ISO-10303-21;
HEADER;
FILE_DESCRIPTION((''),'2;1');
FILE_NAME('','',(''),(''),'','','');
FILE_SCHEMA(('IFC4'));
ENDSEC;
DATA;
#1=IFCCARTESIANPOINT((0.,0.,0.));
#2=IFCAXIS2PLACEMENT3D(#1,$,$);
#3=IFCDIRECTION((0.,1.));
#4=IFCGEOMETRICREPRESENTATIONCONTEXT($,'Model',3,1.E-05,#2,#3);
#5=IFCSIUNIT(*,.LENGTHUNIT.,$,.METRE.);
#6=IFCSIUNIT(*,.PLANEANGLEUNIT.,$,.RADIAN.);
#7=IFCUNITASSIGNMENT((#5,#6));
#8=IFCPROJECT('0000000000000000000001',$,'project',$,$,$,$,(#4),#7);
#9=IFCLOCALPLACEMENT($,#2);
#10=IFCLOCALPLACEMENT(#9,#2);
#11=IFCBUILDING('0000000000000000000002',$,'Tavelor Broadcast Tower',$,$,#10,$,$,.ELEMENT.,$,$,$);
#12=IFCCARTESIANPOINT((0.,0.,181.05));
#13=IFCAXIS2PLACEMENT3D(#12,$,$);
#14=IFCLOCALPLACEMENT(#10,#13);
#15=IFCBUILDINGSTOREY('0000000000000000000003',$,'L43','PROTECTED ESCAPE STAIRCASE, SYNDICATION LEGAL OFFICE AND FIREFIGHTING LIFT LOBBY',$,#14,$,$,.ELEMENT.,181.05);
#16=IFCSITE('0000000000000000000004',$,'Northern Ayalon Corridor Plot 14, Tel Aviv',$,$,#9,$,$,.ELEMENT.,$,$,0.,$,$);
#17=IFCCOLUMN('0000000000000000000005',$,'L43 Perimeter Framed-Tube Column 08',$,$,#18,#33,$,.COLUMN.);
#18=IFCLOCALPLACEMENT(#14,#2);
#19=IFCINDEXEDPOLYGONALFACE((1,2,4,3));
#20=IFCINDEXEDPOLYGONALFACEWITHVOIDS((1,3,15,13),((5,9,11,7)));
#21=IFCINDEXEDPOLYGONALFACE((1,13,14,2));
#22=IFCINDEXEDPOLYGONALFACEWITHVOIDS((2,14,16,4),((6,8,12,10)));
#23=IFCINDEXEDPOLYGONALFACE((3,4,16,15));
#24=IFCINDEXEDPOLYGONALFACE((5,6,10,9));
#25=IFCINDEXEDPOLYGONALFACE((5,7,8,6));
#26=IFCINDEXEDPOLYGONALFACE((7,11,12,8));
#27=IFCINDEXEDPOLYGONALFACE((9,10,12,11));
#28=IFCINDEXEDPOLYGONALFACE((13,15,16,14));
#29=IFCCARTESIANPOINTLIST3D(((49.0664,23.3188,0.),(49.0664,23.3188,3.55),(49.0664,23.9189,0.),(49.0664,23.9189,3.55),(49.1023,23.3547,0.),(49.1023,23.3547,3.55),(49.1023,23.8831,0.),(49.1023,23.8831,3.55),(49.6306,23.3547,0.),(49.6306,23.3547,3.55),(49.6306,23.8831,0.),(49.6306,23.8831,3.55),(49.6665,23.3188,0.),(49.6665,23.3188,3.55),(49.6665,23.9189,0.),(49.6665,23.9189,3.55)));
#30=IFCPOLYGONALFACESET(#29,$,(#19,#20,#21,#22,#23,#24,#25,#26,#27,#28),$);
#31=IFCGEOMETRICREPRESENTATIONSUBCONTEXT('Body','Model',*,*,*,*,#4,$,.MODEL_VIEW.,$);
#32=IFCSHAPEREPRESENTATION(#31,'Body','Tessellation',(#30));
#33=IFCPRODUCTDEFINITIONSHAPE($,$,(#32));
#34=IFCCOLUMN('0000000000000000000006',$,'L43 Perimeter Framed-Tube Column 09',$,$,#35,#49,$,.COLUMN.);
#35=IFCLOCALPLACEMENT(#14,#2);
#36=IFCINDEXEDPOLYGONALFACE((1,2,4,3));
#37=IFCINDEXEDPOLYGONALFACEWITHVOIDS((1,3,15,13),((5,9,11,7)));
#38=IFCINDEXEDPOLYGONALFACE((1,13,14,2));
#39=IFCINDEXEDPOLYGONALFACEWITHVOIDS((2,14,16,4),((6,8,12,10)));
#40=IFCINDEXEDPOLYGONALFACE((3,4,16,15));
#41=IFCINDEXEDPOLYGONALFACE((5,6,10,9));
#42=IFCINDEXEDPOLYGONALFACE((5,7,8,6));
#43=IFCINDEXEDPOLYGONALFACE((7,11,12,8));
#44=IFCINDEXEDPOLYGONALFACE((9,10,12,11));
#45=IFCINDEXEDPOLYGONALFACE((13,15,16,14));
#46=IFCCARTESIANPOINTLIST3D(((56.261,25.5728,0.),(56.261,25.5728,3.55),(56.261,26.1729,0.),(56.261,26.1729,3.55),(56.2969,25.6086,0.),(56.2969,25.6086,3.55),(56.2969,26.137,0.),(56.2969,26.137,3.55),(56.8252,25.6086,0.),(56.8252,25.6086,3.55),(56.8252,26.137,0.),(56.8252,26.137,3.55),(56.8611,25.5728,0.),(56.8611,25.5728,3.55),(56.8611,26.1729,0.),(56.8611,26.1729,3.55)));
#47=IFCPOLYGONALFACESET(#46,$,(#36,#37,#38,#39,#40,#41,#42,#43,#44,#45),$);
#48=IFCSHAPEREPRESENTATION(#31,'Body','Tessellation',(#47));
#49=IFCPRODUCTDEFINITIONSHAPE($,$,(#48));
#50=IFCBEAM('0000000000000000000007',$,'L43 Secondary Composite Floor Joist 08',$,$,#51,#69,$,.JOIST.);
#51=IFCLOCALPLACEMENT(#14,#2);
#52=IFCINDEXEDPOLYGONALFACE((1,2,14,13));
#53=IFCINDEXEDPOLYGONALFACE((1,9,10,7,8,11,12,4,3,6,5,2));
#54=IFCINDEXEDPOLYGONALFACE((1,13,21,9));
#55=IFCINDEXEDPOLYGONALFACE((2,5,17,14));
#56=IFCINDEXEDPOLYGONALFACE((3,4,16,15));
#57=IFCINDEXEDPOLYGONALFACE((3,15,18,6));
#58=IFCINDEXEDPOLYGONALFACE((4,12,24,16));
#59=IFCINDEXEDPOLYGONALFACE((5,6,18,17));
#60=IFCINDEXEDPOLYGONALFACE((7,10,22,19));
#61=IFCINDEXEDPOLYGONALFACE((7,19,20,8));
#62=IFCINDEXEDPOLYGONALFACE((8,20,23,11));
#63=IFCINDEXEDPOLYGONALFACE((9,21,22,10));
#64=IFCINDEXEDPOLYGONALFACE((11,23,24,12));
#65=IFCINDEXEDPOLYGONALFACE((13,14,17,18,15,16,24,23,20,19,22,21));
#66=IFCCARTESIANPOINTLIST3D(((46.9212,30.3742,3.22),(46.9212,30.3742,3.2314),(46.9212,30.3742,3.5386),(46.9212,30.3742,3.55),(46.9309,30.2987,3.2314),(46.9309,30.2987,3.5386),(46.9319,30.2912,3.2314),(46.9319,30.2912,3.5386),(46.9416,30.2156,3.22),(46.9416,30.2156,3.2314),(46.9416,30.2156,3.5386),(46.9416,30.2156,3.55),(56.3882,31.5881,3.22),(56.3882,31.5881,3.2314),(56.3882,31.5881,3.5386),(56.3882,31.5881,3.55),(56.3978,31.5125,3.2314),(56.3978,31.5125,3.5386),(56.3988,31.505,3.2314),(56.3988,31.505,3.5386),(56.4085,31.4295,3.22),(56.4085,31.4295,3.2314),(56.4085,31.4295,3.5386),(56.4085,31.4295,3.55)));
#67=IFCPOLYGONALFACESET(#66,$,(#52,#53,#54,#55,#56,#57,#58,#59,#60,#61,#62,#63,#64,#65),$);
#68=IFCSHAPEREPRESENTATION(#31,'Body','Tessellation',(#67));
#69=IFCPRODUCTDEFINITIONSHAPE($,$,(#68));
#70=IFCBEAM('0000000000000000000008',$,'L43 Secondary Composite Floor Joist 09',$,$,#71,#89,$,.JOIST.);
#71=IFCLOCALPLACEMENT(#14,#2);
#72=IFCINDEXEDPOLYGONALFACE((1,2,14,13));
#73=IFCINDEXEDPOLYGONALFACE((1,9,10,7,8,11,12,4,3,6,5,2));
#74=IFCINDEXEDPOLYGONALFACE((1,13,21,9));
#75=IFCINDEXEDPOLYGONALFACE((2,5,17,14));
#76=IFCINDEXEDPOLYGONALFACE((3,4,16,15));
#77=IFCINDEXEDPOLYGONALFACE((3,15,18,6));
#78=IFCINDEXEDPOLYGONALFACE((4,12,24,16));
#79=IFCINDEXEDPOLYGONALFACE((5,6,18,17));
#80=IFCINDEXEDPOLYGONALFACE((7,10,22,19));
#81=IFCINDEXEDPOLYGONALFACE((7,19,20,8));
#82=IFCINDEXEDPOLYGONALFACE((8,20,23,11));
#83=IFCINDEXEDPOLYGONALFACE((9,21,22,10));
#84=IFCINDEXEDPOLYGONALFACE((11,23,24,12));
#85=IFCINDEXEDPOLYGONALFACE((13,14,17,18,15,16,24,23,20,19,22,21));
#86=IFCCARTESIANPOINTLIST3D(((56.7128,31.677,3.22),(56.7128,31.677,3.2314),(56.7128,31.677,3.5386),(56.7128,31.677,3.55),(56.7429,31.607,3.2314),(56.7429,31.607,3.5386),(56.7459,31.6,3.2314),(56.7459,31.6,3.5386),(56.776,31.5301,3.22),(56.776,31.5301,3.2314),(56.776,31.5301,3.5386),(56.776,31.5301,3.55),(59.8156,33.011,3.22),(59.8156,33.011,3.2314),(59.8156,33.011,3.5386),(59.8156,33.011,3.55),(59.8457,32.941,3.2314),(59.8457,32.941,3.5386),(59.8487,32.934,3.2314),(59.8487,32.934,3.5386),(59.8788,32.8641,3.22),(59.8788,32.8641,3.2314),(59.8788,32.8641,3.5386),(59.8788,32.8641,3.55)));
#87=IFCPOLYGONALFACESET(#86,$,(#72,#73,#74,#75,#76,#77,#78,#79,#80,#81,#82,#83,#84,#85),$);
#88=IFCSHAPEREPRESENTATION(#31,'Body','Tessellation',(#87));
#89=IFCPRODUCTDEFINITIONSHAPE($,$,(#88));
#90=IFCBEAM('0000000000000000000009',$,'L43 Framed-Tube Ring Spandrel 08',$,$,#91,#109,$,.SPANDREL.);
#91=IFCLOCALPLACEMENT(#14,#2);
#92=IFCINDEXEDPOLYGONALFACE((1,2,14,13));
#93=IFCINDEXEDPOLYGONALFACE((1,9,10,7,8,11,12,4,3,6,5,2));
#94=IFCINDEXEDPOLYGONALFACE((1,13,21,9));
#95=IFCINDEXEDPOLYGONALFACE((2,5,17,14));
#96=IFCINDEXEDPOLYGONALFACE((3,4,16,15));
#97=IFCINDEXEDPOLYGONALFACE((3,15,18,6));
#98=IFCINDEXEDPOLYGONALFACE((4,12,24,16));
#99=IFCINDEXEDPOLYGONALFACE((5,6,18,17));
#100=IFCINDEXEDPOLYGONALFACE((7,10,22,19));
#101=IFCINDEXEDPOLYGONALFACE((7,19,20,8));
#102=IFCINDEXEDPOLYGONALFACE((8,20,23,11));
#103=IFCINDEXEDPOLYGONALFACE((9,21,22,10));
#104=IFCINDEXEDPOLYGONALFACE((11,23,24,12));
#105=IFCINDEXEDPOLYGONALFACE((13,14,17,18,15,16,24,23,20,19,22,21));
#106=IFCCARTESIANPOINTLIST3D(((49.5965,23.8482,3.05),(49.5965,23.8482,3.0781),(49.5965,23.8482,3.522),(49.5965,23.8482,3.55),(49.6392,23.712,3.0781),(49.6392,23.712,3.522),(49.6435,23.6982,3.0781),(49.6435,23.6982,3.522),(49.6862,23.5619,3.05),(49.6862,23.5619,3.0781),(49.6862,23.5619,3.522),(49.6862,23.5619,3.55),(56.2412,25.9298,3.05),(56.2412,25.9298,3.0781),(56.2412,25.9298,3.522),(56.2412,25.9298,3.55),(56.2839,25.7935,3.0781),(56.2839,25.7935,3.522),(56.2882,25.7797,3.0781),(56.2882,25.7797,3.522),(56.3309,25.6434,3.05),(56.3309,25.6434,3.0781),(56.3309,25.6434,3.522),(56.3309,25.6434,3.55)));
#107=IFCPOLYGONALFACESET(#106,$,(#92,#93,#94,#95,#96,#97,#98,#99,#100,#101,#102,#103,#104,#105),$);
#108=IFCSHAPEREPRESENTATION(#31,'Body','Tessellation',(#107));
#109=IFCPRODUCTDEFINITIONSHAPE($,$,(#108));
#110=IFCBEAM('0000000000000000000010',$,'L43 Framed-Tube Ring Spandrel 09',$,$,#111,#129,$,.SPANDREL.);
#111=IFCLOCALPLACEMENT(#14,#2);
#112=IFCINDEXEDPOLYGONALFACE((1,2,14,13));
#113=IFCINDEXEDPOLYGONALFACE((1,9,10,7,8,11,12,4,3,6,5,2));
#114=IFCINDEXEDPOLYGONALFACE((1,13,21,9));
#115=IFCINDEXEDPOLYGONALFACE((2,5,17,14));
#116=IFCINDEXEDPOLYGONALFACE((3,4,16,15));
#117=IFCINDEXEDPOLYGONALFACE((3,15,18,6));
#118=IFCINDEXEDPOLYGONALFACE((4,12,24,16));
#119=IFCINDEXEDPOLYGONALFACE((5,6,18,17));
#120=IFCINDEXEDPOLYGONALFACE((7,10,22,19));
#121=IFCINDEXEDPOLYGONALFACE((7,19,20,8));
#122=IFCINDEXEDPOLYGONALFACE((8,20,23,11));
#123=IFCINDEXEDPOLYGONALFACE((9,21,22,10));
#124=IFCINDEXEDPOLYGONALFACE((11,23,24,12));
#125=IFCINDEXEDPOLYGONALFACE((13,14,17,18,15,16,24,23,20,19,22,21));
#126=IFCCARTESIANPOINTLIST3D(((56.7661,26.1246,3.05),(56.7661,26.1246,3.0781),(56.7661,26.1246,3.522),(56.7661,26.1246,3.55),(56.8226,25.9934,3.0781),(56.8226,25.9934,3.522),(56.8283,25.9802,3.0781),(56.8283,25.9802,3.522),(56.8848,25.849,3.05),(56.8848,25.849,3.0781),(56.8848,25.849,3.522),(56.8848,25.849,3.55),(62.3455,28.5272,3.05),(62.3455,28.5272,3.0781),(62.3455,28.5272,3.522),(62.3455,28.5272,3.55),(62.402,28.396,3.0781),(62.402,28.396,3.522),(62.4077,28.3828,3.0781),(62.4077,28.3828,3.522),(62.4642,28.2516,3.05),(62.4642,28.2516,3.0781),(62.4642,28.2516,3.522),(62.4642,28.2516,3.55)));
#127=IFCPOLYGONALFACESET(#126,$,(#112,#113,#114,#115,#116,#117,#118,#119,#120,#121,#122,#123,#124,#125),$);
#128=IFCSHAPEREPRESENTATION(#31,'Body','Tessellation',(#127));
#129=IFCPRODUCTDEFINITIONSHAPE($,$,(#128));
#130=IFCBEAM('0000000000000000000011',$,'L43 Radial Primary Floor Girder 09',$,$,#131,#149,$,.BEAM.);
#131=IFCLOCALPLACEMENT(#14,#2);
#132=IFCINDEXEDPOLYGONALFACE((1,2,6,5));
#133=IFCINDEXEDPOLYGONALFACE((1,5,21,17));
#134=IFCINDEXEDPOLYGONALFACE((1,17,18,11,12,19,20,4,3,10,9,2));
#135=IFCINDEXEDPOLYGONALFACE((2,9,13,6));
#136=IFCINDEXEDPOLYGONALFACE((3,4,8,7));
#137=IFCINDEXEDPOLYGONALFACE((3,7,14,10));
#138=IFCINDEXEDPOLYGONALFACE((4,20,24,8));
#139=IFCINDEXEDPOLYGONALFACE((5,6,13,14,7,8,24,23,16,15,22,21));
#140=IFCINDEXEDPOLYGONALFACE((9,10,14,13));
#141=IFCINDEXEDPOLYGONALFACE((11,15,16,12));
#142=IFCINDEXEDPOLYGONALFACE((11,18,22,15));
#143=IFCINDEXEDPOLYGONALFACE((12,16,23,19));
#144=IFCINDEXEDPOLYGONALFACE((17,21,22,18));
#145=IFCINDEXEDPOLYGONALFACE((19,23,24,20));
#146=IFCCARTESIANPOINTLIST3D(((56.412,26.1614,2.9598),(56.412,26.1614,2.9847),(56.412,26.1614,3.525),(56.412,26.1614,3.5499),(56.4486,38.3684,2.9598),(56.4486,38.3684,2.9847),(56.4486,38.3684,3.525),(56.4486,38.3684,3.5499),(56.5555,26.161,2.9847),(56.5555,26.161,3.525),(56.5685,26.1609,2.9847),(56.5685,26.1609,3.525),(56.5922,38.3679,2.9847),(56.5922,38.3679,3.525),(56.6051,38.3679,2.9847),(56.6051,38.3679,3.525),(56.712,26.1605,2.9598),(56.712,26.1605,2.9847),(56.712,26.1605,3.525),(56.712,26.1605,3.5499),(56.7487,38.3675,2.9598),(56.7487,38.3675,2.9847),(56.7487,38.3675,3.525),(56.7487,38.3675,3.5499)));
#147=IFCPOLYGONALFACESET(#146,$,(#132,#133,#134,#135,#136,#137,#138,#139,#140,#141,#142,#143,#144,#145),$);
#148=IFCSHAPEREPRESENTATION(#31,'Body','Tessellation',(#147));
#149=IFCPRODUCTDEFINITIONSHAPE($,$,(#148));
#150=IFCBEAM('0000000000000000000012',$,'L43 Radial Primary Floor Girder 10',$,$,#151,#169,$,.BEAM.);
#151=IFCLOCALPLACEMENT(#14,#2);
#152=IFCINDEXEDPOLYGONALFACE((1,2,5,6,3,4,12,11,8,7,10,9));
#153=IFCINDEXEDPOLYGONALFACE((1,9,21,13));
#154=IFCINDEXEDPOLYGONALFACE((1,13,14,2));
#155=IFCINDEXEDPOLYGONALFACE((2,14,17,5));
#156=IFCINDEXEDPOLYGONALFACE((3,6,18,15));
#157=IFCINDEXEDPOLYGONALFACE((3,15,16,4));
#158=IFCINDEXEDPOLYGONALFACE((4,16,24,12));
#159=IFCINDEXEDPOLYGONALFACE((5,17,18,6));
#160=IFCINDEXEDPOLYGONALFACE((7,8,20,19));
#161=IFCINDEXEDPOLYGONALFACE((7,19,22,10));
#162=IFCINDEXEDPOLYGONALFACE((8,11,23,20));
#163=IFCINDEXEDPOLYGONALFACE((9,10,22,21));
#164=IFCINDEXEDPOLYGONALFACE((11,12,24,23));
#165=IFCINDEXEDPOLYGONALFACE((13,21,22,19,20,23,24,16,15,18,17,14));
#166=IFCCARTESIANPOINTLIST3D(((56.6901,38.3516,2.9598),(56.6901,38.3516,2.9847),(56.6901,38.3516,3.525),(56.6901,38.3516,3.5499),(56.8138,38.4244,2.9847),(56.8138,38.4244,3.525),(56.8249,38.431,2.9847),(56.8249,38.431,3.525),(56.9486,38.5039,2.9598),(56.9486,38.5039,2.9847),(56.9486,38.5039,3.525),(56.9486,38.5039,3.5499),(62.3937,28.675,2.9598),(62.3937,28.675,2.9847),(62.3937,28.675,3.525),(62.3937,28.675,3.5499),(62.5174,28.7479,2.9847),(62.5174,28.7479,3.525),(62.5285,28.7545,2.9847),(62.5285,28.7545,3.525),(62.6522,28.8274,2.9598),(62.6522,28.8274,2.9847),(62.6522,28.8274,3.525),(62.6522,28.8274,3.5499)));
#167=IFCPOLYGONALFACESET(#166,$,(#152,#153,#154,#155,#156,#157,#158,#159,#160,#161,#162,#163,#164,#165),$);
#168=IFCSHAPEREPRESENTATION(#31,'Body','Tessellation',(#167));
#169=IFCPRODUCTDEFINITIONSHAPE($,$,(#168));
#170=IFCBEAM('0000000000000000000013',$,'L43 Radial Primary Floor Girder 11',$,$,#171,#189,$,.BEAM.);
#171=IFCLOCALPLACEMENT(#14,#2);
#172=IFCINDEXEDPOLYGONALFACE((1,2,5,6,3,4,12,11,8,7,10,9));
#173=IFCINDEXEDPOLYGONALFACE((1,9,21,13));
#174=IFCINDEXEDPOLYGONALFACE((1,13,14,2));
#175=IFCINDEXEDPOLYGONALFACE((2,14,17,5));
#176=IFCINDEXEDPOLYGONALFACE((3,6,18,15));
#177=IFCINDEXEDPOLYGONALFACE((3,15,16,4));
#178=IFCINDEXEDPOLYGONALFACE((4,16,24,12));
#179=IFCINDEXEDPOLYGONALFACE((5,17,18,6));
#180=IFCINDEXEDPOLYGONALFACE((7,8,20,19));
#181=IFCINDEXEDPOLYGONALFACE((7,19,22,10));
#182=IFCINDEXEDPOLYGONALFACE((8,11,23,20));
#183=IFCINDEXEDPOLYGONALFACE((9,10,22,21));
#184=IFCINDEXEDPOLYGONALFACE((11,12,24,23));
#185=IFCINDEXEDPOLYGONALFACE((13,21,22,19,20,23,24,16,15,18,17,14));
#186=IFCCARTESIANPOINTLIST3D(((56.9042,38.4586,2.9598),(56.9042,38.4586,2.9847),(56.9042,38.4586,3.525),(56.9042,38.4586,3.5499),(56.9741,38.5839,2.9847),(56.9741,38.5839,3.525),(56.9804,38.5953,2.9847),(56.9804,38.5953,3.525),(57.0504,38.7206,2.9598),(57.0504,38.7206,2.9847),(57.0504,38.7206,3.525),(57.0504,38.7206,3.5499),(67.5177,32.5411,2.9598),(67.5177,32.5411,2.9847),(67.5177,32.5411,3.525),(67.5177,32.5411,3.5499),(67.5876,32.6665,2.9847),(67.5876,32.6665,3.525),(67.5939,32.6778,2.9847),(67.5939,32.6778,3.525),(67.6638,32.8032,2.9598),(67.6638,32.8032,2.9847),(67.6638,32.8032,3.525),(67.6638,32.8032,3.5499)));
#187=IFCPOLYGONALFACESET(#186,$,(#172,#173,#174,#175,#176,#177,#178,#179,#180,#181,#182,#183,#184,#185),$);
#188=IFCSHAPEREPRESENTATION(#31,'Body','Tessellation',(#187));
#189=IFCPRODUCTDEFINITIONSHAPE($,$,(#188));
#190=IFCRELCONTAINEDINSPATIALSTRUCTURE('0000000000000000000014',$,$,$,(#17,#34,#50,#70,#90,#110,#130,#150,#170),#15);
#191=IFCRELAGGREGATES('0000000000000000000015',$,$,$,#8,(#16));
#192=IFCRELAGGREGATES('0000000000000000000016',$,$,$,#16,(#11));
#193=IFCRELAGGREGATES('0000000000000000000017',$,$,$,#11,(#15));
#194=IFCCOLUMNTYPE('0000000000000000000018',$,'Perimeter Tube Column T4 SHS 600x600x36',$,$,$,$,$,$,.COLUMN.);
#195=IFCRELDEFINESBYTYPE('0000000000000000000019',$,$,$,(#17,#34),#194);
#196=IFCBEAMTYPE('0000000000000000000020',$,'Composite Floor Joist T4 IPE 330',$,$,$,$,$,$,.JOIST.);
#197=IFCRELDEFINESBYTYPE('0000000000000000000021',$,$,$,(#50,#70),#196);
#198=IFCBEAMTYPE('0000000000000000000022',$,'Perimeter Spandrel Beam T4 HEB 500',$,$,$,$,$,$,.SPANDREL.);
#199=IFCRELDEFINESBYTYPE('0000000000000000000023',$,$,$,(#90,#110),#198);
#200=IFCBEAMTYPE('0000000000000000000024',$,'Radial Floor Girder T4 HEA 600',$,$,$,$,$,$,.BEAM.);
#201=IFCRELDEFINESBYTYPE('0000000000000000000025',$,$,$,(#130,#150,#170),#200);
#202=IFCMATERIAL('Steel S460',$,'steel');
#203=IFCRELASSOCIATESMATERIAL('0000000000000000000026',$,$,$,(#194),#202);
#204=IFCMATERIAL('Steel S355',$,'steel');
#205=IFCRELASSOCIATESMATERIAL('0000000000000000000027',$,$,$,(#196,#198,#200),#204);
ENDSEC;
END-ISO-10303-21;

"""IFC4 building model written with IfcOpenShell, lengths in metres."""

from ifc_helpers import new_model, si_unit, direction, frame, origin, origin_2d, place, context, subcontext, project, spatial, hollow_rectangle, i_section, extrude, material, material_profile, profile_set, type_object, element, save


model = new_model("IFC4")

# Units and contexts
model_context = context("Model", 3, precision=1e-05, world=origin(), true_north=direction((0.0, 1.0)))
body_context = subcontext(model_context, "Body", "Model", "MODEL_VIEW")
ifc_project = project(units=[si_unit("LENGTHUNIT", "METRE"), si_unit("PLANEANGLEUNIT", "RADIAN")], contexts=[model_context])

# Site, building, storey
site_placement = place(None, origin())
site = spatial("IfcSite", under=ifc_project, at=site_placement, Name="Northern Ayalon Corridor Plot 14, Tel Aviv", CompositionType="ELEMENT", RefElevation=0.0)
building_placement = place(site_placement, origin())
building = spatial("IfcBuilding", under=site, at=building_placement, Name="Tavelor Broadcast Tower", CompositionType="ELEMENT")
storey_placement = place(building_placement, frame((0.0, 0.0, 181.05)))
storey = spatial("IfcBuildingStorey", under=building, at=storey_placement, Name="L43", Description="PROTECTED ESCAPE STAIRCASE, SYNDICATION LEGAL OFFICE AND FIREFIGHTING LIFT LOBBY", CompositionType="ELEMENT", Elevation=181.05)

# Columns
ifc_material_1 = material(Name="Steel S460", Category="steel")
ifc_material_profile_1 = material_profile(ifc_material_1, hollow_rectangle(XDim=0.6001, YDim=0.6001, WallThickness=0.0359, at=origin_2d()), Name="SHS 600x600x36")
ifc_profile_set_1 = profile_set([ifc_material_profile_1], Name="Steel S460")
column_type = type_object("IfcColumnType", Name="Perimeter Tube Column T4 SHS 600x600x36", PredefinedType="COLUMN", material=ifc_profile_set_1)
for number, where, z_axis, x_axis, name in (
    (1, (49.3665, 23.6189, 0.0), (0.0, 0.0, 1.0), (1.0, 0.0, 0.0), "L43 Perimeter Framed-Tube Column 08"),
    (2, (56.561, 25.8728, 0.0), (0.0, 0.0, 1.0), (1.0, 0.0, 0.0), "L43 Perimeter Framed-Tube Column 09"),
):
    element("IfcColumn", number, at=place(storey_placement, frame(where, z_axis=z_axis, x_axis=x_axis)), inside=storey, type_object=column_type, Name=name, PredefinedType="COLUMN", context=body_context, shape_type="SweptSolid", body=[
        extrude(hollow_rectangle(XDim=0.6001, YDim=0.6001, WallThickness=0.0359, at=origin_2d()), origin(), (0.0, 0.0, 1.0), 3.55),
    ])

# Beams
ifc_material_2 = material(Name="Steel S355", Category="steel")
ifc_material_profile_2 = material_profile(ifc_material_2, i_section(OverallWidth=0.1599, OverallDepth=0.3301, WebThickness=0.0076, FlangeThickness=0.0115, at=origin_2d()), Name="IPE 330")
ifc_profile_set_2 = profile_set([ifc_material_profile_2], Name="Steel S355")
beam_type_1 = type_object("IfcBeamType", Name="Composite Floor Joist T4 IPE 330", PredefinedType="JOIST", material=ifc_profile_set_2)
beam_1_placement = place(storey_placement, frame((46.9314, 30.2949, 3.385), z_axis=(0.99188, 0.127179, 0.0), x_axis=(-0.127179, 0.99188, 0.0)))
element("IfcBeam", 3, at=beam_1_placement, inside=storey, type_object=beam_type_1, Name="L43 Secondary Composite Floor Joist 08", PredefinedType="JOIST", context=body_context, shape_type="SweptSolid", body=[
    extrude(i_section(OverallWidth=0.1599, OverallDepth=0.3301, WebThickness=0.0076, FlangeThickness=0.0115, at=origin_2d()), origin(), (0.0, 0.0, 1.0), 9.5444),
])
beam_2_placement = place(storey_placement, frame((56.7444, 31.6035, 3.385), z_axis=(0.918692, 0.394975, 0.0), x_axis=(-0.394975, 0.918692, 0.0)))
element("IfcBeam", 4, at=beam_2_placement, inside=storey, type_object=beam_type_1, Name="L43 Secondary Composite Floor Joist 09", PredefinedType="JOIST", context=body_context, shape_type="SweptSolid", body=[
    extrude(i_section(OverallWidth=0.1599, OverallDepth=0.3301, WebThickness=0.0076, FlangeThickness=0.0115, at=origin_2d()), origin(), (0.0, 0.0, 1.0), 3.3774),
])
ifc_material_profile_3 = material_profile(ifc_material_2, i_section(OverallWidth=0.3, OverallDepth=0.5, WebThickness=0.0144, FlangeThickness=0.0281, at=origin_2d()), Name="HEB 500")
ifc_profile_set_3 = profile_set([ifc_material_profile_3], Name="Steel S355")
beam_type_2 = type_object("IfcBeamType", Name="Perimeter Spandrel Beam T4 HEB 500", PredefinedType="SPANDREL", material=ifc_profile_set_3)
beam_3_placement = place(storey_placement, frame((49.6414, 23.7051, 3.3), z_axis=(0.954273, 0.298936, 0.0), x_axis=(-0.298936, 0.954273, 0.0)))
element("IfcBeam", 5, at=beam_3_placement, inside=storey, type_object=beam_type_2, Name="L43 Framed-Tube Ring Spandrel 08", PredefinedType="SPANDREL", context=body_context, shape_type="SweptSolid", body=[
    extrude(i_section(OverallWidth=0.3, OverallDepth=0.5, WebThickness=0.0144, FlangeThickness=0.0281, at=origin_2d()), origin(), (0.0, 0.0, 1.0), 6.9631),
])
beam_4_placement = place(storey_placement, frame((56.8254, 25.9868, 3.3), z_axis=(0.918462, 0.39551, 0.0), x_axis=(-0.39551, 0.918462, 0.0)))
element("IfcBeam", 6, at=beam_4_placement, inside=storey, type_object=beam_type_2, Name="L43 Framed-Tube Ring Spandrel 09", PredefinedType="SPANDREL", context=body_context, shape_type="SweptSolid", body=[
    extrude(i_section(OverallWidth=0.3, OverallDepth=0.5, WebThickness=0.0144, FlangeThickness=0.0281, at=origin_2d()), origin(), (0.0, 0.0, 1.0), 6.0747),
])
ifc_material_profile_4 = material_profile(ifc_material_2, i_section(OverallWidth=0.3, OverallDepth=0.5901, WebThickness=0.0129, FlangeThickness=0.0249, at=origin_2d()), Name="HEA 600")
ifc_profile_set_4 = profile_set([ifc_material_profile_4], Name="Steel S355")
beam_type_3 = type_object("IfcBeamType", Name="Radial Floor Girder T4 HEA 600", PredefinedType="BEAM", material=ifc_profile_set_4)
beam_5_placement = place(storey_placement, frame((56.5986, 38.3679, 3.2549), z_axis=(-0.003, -0.999996, 0.0), x_axis=(0.999996, -0.003, 0.0)))
element("IfcBeam", 7, at=beam_5_placement, inside=storey, type_object=beam_type_3, Name="L43 Radial Primary Floor Girder 09", PredefinedType="BEAM", context=body_context, shape_type="SweptSolid", body=[
    extrude(i_section(OverallWidth=0.3, OverallDepth=0.5901, WebThickness=0.0129, FlangeThickness=0.0249, at=origin_2d()), origin(), (0.0, 0.0, 1.0), 12.207),
])
beam_6_placement = place(storey_placement, frame((56.8193, 38.4277, 3.2549), z_axis=(0.507784, -0.861485, 0.0), x_axis=(0.861485, 0.507784, 0.0)))
element("IfcBeam", 8, at=beam_6_placement, inside=storey, type_object=beam_type_3, Name="L43 Radial Primary Floor Girder 10", PredefinedType="BEAM", context=body_context, shape_type="SweptSolid", body=[
    extrude(i_section(OverallWidth=0.3, OverallDepth=0.5901, WebThickness=0.0129, FlangeThickness=0.0249, at=origin_2d()), origin(), (0.0, 0.0, 1.0), 11.2324),
])
beam_7_placement = place(storey_placement, frame((56.9773, 38.5896, 3.2549), z_axis=(0.87342, -0.486968, 0.0), x_axis=(0.486968, 0.87342, 0.0)))
element("IfcBeam", 9, at=beam_7_placement, inside=storey, type_object=beam_type_3, Name="L43 Radial Primary Floor Girder 11", PredefinedType="BEAM", context=body_context, shape_type="SweptSolid", body=[
    extrude(i_section(OverallWidth=0.3, OverallDepth=0.5901, WebThickness=0.0129, FlangeThickness=0.0249, at=origin_2d()), origin(), (0.0, 0.0, 1.0), 12.1516),
])

save(model, "model.ifc")
